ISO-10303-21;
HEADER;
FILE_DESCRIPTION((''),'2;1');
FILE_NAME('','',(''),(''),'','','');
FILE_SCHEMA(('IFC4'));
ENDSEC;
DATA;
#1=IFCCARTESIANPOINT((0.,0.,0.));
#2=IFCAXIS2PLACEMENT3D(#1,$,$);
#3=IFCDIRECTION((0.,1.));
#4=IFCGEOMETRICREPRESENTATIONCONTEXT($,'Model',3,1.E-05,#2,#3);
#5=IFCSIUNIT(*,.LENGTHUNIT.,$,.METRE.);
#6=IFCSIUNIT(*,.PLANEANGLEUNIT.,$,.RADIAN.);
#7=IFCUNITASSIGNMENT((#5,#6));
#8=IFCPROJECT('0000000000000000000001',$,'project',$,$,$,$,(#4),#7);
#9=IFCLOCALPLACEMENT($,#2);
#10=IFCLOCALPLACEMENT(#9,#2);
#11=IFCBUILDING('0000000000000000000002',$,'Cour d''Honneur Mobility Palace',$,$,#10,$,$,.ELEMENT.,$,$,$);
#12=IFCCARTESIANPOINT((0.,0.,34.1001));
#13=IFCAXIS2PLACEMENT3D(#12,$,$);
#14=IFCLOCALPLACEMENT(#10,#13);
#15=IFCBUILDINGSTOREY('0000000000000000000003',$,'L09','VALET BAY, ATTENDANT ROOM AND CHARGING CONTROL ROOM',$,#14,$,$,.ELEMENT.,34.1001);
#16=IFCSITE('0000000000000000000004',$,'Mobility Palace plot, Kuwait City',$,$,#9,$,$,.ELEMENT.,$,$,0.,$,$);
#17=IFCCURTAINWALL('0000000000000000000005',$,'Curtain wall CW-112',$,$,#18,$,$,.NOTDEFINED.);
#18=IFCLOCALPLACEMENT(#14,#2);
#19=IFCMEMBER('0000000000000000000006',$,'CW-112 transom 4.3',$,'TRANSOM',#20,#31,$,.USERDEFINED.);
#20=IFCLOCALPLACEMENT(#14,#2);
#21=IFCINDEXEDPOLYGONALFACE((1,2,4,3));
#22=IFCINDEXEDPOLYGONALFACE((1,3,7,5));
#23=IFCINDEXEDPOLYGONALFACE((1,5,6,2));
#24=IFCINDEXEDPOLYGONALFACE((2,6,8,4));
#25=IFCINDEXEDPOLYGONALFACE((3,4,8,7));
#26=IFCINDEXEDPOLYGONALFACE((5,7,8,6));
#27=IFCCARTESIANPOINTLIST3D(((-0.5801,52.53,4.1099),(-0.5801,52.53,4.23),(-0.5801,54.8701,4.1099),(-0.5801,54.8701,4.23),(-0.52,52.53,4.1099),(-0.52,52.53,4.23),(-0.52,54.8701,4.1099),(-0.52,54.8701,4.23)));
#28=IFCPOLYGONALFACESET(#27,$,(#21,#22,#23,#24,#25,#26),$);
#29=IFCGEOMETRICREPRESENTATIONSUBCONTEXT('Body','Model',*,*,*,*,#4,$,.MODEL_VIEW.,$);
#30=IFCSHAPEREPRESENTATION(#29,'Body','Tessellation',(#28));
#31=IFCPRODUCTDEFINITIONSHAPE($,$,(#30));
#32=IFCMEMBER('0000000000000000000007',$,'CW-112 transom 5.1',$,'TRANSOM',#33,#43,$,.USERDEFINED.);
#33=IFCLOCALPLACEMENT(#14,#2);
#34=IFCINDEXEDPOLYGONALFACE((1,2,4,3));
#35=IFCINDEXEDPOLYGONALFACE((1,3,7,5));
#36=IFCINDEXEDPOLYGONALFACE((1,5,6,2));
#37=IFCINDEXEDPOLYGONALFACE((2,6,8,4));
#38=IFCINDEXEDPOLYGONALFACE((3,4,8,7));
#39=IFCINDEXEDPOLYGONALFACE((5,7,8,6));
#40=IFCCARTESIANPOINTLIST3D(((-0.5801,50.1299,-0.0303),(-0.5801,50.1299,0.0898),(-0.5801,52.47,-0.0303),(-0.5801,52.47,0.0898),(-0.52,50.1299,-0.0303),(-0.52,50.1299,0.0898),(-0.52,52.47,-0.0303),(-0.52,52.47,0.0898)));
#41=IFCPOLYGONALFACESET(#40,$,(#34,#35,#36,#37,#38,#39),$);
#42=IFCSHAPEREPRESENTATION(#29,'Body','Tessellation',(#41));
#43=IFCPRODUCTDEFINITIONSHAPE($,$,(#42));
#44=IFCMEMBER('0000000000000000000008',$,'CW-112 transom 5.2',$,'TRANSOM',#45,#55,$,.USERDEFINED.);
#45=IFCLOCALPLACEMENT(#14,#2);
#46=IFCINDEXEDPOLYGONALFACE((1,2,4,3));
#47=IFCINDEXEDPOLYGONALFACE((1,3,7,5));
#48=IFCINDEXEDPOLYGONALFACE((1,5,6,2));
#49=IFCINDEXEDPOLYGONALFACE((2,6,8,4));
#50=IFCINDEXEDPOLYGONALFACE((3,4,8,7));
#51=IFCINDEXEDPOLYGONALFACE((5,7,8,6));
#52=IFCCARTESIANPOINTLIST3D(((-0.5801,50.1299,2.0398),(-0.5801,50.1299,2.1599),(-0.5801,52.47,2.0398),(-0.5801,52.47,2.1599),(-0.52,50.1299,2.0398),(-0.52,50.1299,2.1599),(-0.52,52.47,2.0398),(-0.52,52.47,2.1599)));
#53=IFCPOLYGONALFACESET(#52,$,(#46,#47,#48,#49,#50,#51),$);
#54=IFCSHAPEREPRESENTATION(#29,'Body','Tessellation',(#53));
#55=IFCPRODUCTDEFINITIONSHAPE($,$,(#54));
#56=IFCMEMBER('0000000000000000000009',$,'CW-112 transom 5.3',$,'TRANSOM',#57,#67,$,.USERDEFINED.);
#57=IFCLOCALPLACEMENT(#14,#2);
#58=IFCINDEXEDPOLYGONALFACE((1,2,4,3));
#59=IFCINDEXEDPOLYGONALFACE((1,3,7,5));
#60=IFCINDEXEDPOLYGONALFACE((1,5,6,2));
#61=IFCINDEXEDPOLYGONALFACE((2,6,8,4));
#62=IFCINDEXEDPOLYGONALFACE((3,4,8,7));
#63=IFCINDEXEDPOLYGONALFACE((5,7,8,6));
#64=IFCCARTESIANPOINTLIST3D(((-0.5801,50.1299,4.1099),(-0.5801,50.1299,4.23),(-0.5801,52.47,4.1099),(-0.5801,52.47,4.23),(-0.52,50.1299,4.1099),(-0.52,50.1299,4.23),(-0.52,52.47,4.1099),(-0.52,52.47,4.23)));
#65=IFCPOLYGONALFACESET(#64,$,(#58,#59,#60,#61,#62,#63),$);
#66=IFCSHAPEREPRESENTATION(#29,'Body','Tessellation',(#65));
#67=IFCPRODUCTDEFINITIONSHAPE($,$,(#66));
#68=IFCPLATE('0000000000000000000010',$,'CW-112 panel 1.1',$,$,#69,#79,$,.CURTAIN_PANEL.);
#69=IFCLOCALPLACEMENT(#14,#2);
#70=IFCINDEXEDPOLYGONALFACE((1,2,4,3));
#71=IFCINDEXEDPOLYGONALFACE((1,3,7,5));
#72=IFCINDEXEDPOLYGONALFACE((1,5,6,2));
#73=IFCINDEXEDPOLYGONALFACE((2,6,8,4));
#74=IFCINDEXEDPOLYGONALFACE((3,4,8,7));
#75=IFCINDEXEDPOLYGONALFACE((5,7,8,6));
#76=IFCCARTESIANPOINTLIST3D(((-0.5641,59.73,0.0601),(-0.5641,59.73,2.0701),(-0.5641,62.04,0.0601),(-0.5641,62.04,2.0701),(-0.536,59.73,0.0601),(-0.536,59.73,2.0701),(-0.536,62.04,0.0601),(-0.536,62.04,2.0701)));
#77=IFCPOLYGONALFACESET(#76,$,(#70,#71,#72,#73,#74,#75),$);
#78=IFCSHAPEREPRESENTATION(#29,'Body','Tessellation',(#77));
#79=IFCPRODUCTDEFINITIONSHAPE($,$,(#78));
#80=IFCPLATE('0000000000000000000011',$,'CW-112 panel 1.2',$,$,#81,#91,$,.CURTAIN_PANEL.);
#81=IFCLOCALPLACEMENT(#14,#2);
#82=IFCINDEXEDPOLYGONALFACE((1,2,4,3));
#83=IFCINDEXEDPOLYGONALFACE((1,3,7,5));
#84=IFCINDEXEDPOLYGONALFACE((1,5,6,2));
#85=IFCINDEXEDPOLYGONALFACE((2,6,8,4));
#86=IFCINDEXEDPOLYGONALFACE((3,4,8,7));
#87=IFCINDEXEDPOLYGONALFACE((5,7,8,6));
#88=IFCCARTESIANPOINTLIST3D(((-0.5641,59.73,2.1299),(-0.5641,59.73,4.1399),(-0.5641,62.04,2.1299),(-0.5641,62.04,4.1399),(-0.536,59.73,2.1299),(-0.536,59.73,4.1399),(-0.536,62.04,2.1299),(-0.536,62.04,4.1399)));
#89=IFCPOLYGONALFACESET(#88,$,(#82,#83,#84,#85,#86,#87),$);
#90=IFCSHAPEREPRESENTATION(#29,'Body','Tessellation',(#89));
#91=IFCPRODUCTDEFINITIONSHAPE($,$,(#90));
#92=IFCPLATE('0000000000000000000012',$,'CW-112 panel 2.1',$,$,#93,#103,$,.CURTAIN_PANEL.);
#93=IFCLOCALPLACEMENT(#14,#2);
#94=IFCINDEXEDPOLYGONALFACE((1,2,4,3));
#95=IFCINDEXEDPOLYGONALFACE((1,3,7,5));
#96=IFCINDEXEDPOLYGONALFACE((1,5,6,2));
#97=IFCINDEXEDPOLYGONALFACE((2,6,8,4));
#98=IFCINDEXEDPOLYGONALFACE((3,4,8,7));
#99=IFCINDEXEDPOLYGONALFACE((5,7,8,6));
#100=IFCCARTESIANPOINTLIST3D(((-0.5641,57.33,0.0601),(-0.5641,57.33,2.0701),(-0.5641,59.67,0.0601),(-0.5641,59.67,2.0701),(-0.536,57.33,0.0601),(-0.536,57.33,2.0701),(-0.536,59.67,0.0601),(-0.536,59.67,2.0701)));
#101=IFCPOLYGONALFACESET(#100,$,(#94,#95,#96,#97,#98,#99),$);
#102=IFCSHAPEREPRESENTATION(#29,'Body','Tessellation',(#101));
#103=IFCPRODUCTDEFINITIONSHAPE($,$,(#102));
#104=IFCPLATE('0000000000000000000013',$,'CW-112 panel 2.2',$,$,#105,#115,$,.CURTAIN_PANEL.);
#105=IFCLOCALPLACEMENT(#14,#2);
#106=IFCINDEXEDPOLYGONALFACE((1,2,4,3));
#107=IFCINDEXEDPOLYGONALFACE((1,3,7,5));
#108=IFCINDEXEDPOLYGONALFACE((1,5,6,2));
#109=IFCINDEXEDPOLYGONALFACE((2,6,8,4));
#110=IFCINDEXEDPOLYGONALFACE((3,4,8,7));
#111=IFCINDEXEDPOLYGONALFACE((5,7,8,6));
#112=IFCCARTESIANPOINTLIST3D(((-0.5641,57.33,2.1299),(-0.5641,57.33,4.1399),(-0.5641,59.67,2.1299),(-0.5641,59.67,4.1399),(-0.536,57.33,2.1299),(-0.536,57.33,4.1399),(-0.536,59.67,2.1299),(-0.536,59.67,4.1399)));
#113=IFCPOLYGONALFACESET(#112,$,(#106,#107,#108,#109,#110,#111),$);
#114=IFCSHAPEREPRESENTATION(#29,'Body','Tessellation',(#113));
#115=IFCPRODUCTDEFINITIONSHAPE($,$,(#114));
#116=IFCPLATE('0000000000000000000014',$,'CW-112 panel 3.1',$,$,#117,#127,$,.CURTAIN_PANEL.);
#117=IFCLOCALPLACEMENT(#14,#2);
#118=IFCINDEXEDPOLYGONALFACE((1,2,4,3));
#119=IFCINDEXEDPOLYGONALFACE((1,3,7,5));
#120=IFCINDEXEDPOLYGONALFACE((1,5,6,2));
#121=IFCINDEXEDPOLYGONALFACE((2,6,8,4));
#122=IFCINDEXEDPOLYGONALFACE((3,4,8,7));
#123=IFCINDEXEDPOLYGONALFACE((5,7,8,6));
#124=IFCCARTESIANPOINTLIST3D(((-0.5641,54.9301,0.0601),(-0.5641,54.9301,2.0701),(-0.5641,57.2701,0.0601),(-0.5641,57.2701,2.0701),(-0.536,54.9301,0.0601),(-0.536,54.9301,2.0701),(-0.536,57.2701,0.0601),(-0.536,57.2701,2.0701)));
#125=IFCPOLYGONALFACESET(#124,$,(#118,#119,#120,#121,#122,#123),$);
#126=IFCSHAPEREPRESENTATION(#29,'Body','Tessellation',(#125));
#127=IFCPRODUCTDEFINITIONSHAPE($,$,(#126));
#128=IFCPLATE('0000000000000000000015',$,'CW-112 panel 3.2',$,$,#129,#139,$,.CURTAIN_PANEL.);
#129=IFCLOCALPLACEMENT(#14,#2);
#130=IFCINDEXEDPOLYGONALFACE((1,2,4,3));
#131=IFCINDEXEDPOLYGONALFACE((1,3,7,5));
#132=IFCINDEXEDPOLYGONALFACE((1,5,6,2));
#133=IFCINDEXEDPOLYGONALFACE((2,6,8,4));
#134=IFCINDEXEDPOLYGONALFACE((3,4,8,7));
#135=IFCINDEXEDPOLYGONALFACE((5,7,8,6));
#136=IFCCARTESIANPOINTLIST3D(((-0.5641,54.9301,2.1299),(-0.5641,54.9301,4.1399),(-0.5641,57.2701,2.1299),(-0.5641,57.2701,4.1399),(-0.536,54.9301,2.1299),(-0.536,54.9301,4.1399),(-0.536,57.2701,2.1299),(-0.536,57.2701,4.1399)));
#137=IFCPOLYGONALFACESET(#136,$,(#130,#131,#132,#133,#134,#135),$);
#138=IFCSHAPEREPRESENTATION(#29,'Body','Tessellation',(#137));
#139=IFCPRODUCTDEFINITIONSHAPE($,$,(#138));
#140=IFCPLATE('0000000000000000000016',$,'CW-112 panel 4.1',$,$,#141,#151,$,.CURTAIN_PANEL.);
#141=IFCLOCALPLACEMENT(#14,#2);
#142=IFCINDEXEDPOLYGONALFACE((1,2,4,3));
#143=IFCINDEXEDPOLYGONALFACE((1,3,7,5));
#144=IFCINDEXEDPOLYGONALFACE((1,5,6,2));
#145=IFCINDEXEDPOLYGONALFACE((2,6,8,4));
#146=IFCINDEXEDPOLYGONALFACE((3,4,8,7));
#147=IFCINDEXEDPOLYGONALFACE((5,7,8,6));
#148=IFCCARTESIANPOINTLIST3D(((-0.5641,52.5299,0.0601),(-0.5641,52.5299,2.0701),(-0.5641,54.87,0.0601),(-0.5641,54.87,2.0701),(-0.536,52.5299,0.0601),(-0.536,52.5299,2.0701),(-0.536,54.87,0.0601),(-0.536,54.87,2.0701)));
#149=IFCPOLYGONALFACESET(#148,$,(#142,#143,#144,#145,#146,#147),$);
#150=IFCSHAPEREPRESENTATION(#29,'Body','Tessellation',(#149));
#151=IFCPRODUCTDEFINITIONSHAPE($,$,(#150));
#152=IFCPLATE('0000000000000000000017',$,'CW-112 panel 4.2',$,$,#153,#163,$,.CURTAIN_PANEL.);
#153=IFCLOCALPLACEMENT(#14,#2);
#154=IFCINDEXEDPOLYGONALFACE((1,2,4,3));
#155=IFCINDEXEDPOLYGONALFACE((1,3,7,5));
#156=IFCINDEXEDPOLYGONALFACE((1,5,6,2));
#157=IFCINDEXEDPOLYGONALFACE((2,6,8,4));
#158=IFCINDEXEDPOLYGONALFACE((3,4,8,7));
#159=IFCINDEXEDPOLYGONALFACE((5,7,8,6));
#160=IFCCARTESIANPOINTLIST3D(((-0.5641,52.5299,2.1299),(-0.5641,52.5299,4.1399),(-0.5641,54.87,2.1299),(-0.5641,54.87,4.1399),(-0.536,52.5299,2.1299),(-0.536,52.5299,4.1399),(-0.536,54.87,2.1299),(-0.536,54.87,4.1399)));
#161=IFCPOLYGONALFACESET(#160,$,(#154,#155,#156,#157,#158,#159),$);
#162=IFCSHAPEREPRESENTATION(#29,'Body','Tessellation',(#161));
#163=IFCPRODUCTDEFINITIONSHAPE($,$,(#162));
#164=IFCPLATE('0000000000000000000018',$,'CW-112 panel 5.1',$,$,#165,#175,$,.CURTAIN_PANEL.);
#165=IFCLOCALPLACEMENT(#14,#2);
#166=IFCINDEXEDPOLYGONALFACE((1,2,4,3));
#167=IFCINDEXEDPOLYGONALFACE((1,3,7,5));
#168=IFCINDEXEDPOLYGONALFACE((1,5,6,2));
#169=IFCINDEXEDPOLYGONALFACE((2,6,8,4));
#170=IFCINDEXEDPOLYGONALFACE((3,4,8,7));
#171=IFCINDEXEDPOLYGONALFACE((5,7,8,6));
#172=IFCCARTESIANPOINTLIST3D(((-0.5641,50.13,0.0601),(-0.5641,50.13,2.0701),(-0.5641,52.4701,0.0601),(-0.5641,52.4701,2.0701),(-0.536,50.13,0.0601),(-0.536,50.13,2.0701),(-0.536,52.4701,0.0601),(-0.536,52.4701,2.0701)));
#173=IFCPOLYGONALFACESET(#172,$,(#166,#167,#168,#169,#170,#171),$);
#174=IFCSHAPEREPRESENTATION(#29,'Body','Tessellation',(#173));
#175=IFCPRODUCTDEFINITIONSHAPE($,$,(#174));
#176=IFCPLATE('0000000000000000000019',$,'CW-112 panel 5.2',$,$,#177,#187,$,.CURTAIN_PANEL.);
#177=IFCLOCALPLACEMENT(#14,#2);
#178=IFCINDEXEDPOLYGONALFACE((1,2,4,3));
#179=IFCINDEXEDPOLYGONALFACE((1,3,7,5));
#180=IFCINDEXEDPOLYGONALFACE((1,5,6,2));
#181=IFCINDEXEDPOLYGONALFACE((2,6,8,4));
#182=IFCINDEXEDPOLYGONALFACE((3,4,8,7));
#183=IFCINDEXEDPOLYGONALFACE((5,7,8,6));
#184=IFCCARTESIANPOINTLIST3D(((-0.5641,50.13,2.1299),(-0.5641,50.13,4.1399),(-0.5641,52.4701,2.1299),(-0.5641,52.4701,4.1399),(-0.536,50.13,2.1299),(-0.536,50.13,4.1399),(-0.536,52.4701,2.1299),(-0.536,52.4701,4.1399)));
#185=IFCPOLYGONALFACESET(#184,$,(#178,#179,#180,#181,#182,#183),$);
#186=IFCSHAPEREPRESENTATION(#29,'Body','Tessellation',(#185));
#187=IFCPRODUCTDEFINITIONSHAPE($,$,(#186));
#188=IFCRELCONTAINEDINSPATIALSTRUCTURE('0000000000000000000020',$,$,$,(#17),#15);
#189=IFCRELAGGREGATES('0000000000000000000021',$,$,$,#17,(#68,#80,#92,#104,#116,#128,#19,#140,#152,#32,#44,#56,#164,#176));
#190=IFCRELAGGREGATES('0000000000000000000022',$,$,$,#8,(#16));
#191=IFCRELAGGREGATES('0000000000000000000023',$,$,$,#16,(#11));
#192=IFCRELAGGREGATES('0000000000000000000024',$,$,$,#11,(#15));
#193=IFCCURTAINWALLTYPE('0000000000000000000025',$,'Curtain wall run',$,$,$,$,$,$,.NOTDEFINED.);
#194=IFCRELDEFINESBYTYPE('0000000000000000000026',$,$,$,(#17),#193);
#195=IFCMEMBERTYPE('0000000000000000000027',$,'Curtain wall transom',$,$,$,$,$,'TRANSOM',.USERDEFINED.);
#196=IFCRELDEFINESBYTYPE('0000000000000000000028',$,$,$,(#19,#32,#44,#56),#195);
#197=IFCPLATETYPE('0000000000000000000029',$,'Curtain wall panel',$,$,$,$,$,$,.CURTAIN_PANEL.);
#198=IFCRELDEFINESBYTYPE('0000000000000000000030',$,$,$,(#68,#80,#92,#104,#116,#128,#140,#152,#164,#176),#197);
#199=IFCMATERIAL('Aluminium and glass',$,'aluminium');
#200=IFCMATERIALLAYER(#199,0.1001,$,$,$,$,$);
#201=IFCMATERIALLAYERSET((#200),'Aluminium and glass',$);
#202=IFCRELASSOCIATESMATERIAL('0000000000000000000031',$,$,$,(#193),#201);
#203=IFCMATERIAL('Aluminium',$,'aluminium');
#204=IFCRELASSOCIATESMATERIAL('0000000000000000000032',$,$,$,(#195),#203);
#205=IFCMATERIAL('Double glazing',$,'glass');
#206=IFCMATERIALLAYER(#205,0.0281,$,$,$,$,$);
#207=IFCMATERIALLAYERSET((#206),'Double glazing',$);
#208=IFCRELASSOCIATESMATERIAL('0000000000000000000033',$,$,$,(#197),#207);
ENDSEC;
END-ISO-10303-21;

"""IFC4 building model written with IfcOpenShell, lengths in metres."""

from ifc_helpers import new_model, si_unit, direction, frame, origin, origin_2d, place, context, subcontext, project, spatial, rectangle, extrude, material, layer, layer_set, material_profile, profile_set, type_object, element, aggregate, save


model = new_model("IFC4")

# Units and contexts
model_context = context("Model", 3, precision=1e-05, world=origin(), true_north=direction((0.0, 1.0)))
body_context = subcontext(model_context, "Body", "Model", "MODEL_VIEW")
ifc_project = project(units=[si_unit("LENGTHUNIT", "METRE"), si_unit("PLANEANGLEUNIT", "RADIAN")], contexts=[model_context])

# Site, building, storey
site_placement = place(None, origin())
site = spatial("IfcSite", under=ifc_project, at=site_placement, Name="Mobility Palace plot, Kuwait City", CompositionType="ELEMENT", RefElevation=0.0)
building_placement = place(site_placement, origin())
building = spatial("IfcBuilding", under=site, at=building_placement, Name="Cour d'Honneur Mobility Palace", CompositionType="ELEMENT")
storey_placement = place(building_placement, frame((0.0, 0.0, 34.1001)))
storey = spatial("IfcBuildingStorey", under=building, at=storey_placement, Name="L09", Description="VALET BAY, ATTENDANT ROOM AND CHARGING CONTROL ROOM", CompositionType="ELEMENT", Elevation=34.1001)

# Curtain wall, members, plates
ifc_material_1 = material(Name="Aluminium and glass", Category="aluminium")
ifc_layer_1 = layer(ifc_material_1, 0.1001)
ifc_layer_set_1 = layer_set([ifc_layer_1], Name="Aluminium and glass")
curtain_wall_type = type_object("IfcCurtainWallType", Name="Curtain wall run", PredefinedType="NOTDEFINED", material=ifc_layer_set_1)
curtain_wall_placement = place(storey_placement, origin())
curtain_wall = element("IfcCurtainWall", 1, at=curtain_wall_placement, inside=storey, type_object=curtain_wall_type, Name="Curtain wall CW-112", PredefinedType="NOTDEFINED")
ifc_material_2 = material(Name="Aluminium", Category="aluminium")
ifc_material_profile_1 = material_profile(ifc_material_2, rectangle(XDim=0.0601, YDim=0.1201, at=origin_2d()), Name="Curtain wall transom")
ifc_profile_set_1 = profile_set([ifc_material_profile_1], Name="Aluminium")
member_type_1 = type_object("IfcMemberType", Name="Curtain wall transom", ElementType="TRANSOM", PredefinedType="USERDEFINED", material=ifc_profile_set_1)
member_1_placement = place(storey_placement, frame((-0.55, 54.8701, 4.1699), z_axis=(0.0, -1.0, 0.0), x_axis=(1.0, 0.0, 0.0)))
member_1 = element("IfcMember", 2, at=member_1_placement, type_object=member_type_1, Name="CW-112 transom 4.3", ObjectType="TRANSOM", PredefinedType="USERDEFINED", context=body_context, shape_type="SweptSolid", body=[
    extrude(rectangle(XDim=0.0601, YDim=0.1201, at=origin_2d()), origin(), (0.0, 0.0, 1.0), 2.3401),
])
member_2_placement = place(storey_placement, frame((-0.55, 52.47, 0.0298), z_axis=(0.0, -1.0, 0.0), x_axis=(1.0, 0.0, 0.0)))
member_2 = element("IfcMember", 3, at=member_2_placement, type_object=member_type_1, Name="CW-112 transom 5.1", ObjectType="TRANSOM", PredefinedType="USERDEFINED", context=body_context, shape_type="SweptSolid", body=[
    extrude(rectangle(XDim=0.0601, YDim=0.1201, at=origin_2d()), origin(), (0.0, 0.0, 1.0), 2.3401),
])
member_3_placement = place(storey_placement, frame((-0.55, 52.47, 2.0999), z_axis=(0.0, -1.0, 0.0), x_axis=(1.0, 0.0, 0.0)))
member_3 = element("IfcMember", 4, at=member_3_placement, type_object=member_type_1, Name="CW-112 transom 5.2", ObjectType="TRANSOM", PredefinedType="USERDEFINED", context=body_context, shape_type="SweptSolid", body=[
    extrude(rectangle(XDim=0.0601, YDim=0.1201, at=origin_2d()), origin(), (0.0, 0.0, 1.0), 2.3401),
])
member_4_placement = place(storey_placement, frame((-0.55, 52.47, 4.1699), z_axis=(0.0, -1.0, 0.0), x_axis=(1.0, 0.0, 0.0)))
member_4 = element("IfcMember", 5, at=member_4_placement, type_object=member_type_1, Name="CW-112 transom 5.3", ObjectType="TRANSOM", PredefinedType="USERDEFINED", context=body_context, shape_type="SweptSolid", body=[
    extrude(rectangle(XDim=0.0601, YDim=0.1201, at=origin_2d()), origin(), (0.0, 0.0, 1.0), 2.3401),
])
ifc_material_3 = material(Name="Double glazing", Category="glass")
ifc_layer_2 = layer(ifc_material_3, 0.0281)
ifc_layer_set_2 = layer_set([ifc_layer_2], Name="Double glazing")
plate_type = type_object("IfcPlateType", Name="Curtain wall panel", PredefinedType="CURTAIN_PANEL", material=ifc_layer_set_2)
plate_1_placement = place(storey_placement, frame((-0.55, 60.885, 0.0601), z_axis=(0.0, 0.0, 1.0), x_axis=(0.0, -1.0, 0.0)))
plate_1 = element("IfcPlate", 6, at=plate_1_placement, type_object=plate_type, Name="CW-112 panel 1.1", PredefinedType="CURTAIN_PANEL", context=body_context, shape_type="SweptSolid", body=[
    extrude(rectangle(XDim=2.3101, YDim=0.0281, at=origin_2d()), origin(), (0.0, 0.0, 1.0), 2.01),
])
plate_2_placement = place(storey_placement, frame((-0.55, 60.885, 2.1299), z_axis=(0.0, 0.0, 1.0), x_axis=(0.0, -1.0, 0.0)))
plate_2 = element("IfcPlate", 7, at=plate_2_placement, type_object=plate_type, Name="CW-112 panel 1.2", PredefinedType="CURTAIN_PANEL", context=body_context, shape_type="SweptSolid", body=[
    extrude(rectangle(XDim=2.3101, YDim=0.0281, at=origin_2d()), origin(), (0.0, 0.0, 1.0), 2.01),
])
plate_3_placement = place(storey_placement, frame((-0.55, 58.5, 0.0601), z_axis=(0.0, 0.0, 1.0), x_axis=(0.0, -1.0, 0.0)))
plate_3 = element("IfcPlate", 8, at=plate_3_placement, type_object=plate_type, Name="CW-112 panel 2.1", PredefinedType="CURTAIN_PANEL", context=body_context, shape_type="SweptSolid", body=[
    extrude(rectangle(XDim=2.3401, YDim=0.0281, at=origin_2d()), origin(), (0.0, 0.0, 1.0), 2.01),
])
plate_4_placement = place(storey_placement, frame((-0.55, 58.5, 2.1299), z_axis=(0.0, 0.0, 1.0), x_axis=(0.0, -1.0, 0.0)))
plate_4 = element("IfcPlate", 9, at=plate_4_placement, type_object=plate_type, Name="CW-112 panel 2.2", PredefinedType="CURTAIN_PANEL", context=body_context, shape_type="SweptSolid", body=[
    extrude(rectangle(XDim=2.3401, YDim=0.0281, at=origin_2d()), origin(), (0.0, 0.0, 1.0), 2.01),
])
plate_5_placement = place(storey_placement, frame((-0.55, 56.1001, 0.0601), z_axis=(0.0, 0.0, 1.0), x_axis=(0.0, -1.0, 0.0)))
plate_5 = element("IfcPlate", 10, at=plate_5_placement, type_object=plate_type, Name="CW-112 panel 3.1", PredefinedType="CURTAIN_PANEL", context=body_context, shape_type="SweptSolid", body=[
    extrude(rectangle(XDim=2.3401, YDim=0.0281, at=origin_2d()), origin(), (0.0, 0.0, 1.0), 2.01),
])
plate_6_placement = place(storey_placement, frame((-0.55, 56.1001, 2.1299), z_axis=(0.0, 0.0, 1.0), x_axis=(0.0, -1.0, 0.0)))
plate_6 = element("IfcPlate", 11, at=plate_6_placement, type_object=plate_type, Name="CW-112 panel 3.2", PredefinedType="CURTAIN_PANEL", context=body_context, shape_type="SweptSolid", body=[
    extrude(rectangle(XDim=2.3401, YDim=0.0281, at=origin_2d()), origin(), (0.0, 0.0, 1.0), 2.01),
])
plate_7_placement = place(storey_placement, frame((-0.55, 53.7, 0.0601), z_axis=(0.0, 0.0, 1.0), x_axis=(0.0, -1.0, 0.0)))
plate_7 = element("IfcPlate", 12, at=plate_7_placement, type_object=plate_type, Name="CW-112 panel 4.1", PredefinedType="CURTAIN_PANEL", context=body_context, shape_type="SweptSolid", body=[
    extrude(rectangle(XDim=2.3401, YDim=0.0281, at=origin_2d()), origin(), (0.0, 0.0, 1.0), 2.01),
])
plate_8_placement = place(storey_placement, frame((-0.55, 53.7, 2.1299), z_axis=(0.0, 0.0, 1.0), x_axis=(0.0, -1.0, 0.0)))
plate_8 = element("IfcPlate", 13, at=plate_8_placement, type_object=plate_type, Name="CW-112 panel 4.2", PredefinedType="CURTAIN_PANEL", context=body_context, shape_type="SweptSolid", body=[
    extrude(rectangle(XDim=2.3401, YDim=0.0281, at=origin_2d()), origin(), (0.0, 0.0, 1.0), 2.01),
])
plate_9_placement = place(storey_placement, frame((-0.55, 51.3, 0.0601), z_axis=(0.0, 0.0, 1.0), x_axis=(0.0, -1.0, 0.0)))
plate_9 = element("IfcPlate", 14, at=plate_9_placement, type_object=plate_type, Name="CW-112 panel 5.1", PredefinedType="CURTAIN_PANEL", context=body_context, shape_type="SweptSolid", body=[
    extrude(rectangle(XDim=2.3401, YDim=0.0281, at=origin_2d()), origin(), (0.0, 0.0, 1.0), 2.01),
])
plate_10_placement = place(storey_placement, frame((-0.55, 51.3, 2.1299), z_axis=(0.0, 0.0, 1.0), x_axis=(0.0, -1.0, 0.0)))
plate_10 = element("IfcPlate", 15, at=plate_10_placement, type_object=plate_type, Name="CW-112 panel 5.2", PredefinedType="CURTAIN_PANEL", context=body_context, shape_type="SweptSolid", body=[
    extrude(rectangle(XDim=2.3401, YDim=0.0281, at=origin_2d()), origin(), (0.0, 0.0, 1.0), 2.01),
])
aggregate(curtain_wall, [plate_1, plate_2, plate_3, plate_4, plate_5, plate_6, member_1, plate_7, plate_8, member_2, member_3, member_4, plate_9, plate_10])

save(model, "model.ifc")
